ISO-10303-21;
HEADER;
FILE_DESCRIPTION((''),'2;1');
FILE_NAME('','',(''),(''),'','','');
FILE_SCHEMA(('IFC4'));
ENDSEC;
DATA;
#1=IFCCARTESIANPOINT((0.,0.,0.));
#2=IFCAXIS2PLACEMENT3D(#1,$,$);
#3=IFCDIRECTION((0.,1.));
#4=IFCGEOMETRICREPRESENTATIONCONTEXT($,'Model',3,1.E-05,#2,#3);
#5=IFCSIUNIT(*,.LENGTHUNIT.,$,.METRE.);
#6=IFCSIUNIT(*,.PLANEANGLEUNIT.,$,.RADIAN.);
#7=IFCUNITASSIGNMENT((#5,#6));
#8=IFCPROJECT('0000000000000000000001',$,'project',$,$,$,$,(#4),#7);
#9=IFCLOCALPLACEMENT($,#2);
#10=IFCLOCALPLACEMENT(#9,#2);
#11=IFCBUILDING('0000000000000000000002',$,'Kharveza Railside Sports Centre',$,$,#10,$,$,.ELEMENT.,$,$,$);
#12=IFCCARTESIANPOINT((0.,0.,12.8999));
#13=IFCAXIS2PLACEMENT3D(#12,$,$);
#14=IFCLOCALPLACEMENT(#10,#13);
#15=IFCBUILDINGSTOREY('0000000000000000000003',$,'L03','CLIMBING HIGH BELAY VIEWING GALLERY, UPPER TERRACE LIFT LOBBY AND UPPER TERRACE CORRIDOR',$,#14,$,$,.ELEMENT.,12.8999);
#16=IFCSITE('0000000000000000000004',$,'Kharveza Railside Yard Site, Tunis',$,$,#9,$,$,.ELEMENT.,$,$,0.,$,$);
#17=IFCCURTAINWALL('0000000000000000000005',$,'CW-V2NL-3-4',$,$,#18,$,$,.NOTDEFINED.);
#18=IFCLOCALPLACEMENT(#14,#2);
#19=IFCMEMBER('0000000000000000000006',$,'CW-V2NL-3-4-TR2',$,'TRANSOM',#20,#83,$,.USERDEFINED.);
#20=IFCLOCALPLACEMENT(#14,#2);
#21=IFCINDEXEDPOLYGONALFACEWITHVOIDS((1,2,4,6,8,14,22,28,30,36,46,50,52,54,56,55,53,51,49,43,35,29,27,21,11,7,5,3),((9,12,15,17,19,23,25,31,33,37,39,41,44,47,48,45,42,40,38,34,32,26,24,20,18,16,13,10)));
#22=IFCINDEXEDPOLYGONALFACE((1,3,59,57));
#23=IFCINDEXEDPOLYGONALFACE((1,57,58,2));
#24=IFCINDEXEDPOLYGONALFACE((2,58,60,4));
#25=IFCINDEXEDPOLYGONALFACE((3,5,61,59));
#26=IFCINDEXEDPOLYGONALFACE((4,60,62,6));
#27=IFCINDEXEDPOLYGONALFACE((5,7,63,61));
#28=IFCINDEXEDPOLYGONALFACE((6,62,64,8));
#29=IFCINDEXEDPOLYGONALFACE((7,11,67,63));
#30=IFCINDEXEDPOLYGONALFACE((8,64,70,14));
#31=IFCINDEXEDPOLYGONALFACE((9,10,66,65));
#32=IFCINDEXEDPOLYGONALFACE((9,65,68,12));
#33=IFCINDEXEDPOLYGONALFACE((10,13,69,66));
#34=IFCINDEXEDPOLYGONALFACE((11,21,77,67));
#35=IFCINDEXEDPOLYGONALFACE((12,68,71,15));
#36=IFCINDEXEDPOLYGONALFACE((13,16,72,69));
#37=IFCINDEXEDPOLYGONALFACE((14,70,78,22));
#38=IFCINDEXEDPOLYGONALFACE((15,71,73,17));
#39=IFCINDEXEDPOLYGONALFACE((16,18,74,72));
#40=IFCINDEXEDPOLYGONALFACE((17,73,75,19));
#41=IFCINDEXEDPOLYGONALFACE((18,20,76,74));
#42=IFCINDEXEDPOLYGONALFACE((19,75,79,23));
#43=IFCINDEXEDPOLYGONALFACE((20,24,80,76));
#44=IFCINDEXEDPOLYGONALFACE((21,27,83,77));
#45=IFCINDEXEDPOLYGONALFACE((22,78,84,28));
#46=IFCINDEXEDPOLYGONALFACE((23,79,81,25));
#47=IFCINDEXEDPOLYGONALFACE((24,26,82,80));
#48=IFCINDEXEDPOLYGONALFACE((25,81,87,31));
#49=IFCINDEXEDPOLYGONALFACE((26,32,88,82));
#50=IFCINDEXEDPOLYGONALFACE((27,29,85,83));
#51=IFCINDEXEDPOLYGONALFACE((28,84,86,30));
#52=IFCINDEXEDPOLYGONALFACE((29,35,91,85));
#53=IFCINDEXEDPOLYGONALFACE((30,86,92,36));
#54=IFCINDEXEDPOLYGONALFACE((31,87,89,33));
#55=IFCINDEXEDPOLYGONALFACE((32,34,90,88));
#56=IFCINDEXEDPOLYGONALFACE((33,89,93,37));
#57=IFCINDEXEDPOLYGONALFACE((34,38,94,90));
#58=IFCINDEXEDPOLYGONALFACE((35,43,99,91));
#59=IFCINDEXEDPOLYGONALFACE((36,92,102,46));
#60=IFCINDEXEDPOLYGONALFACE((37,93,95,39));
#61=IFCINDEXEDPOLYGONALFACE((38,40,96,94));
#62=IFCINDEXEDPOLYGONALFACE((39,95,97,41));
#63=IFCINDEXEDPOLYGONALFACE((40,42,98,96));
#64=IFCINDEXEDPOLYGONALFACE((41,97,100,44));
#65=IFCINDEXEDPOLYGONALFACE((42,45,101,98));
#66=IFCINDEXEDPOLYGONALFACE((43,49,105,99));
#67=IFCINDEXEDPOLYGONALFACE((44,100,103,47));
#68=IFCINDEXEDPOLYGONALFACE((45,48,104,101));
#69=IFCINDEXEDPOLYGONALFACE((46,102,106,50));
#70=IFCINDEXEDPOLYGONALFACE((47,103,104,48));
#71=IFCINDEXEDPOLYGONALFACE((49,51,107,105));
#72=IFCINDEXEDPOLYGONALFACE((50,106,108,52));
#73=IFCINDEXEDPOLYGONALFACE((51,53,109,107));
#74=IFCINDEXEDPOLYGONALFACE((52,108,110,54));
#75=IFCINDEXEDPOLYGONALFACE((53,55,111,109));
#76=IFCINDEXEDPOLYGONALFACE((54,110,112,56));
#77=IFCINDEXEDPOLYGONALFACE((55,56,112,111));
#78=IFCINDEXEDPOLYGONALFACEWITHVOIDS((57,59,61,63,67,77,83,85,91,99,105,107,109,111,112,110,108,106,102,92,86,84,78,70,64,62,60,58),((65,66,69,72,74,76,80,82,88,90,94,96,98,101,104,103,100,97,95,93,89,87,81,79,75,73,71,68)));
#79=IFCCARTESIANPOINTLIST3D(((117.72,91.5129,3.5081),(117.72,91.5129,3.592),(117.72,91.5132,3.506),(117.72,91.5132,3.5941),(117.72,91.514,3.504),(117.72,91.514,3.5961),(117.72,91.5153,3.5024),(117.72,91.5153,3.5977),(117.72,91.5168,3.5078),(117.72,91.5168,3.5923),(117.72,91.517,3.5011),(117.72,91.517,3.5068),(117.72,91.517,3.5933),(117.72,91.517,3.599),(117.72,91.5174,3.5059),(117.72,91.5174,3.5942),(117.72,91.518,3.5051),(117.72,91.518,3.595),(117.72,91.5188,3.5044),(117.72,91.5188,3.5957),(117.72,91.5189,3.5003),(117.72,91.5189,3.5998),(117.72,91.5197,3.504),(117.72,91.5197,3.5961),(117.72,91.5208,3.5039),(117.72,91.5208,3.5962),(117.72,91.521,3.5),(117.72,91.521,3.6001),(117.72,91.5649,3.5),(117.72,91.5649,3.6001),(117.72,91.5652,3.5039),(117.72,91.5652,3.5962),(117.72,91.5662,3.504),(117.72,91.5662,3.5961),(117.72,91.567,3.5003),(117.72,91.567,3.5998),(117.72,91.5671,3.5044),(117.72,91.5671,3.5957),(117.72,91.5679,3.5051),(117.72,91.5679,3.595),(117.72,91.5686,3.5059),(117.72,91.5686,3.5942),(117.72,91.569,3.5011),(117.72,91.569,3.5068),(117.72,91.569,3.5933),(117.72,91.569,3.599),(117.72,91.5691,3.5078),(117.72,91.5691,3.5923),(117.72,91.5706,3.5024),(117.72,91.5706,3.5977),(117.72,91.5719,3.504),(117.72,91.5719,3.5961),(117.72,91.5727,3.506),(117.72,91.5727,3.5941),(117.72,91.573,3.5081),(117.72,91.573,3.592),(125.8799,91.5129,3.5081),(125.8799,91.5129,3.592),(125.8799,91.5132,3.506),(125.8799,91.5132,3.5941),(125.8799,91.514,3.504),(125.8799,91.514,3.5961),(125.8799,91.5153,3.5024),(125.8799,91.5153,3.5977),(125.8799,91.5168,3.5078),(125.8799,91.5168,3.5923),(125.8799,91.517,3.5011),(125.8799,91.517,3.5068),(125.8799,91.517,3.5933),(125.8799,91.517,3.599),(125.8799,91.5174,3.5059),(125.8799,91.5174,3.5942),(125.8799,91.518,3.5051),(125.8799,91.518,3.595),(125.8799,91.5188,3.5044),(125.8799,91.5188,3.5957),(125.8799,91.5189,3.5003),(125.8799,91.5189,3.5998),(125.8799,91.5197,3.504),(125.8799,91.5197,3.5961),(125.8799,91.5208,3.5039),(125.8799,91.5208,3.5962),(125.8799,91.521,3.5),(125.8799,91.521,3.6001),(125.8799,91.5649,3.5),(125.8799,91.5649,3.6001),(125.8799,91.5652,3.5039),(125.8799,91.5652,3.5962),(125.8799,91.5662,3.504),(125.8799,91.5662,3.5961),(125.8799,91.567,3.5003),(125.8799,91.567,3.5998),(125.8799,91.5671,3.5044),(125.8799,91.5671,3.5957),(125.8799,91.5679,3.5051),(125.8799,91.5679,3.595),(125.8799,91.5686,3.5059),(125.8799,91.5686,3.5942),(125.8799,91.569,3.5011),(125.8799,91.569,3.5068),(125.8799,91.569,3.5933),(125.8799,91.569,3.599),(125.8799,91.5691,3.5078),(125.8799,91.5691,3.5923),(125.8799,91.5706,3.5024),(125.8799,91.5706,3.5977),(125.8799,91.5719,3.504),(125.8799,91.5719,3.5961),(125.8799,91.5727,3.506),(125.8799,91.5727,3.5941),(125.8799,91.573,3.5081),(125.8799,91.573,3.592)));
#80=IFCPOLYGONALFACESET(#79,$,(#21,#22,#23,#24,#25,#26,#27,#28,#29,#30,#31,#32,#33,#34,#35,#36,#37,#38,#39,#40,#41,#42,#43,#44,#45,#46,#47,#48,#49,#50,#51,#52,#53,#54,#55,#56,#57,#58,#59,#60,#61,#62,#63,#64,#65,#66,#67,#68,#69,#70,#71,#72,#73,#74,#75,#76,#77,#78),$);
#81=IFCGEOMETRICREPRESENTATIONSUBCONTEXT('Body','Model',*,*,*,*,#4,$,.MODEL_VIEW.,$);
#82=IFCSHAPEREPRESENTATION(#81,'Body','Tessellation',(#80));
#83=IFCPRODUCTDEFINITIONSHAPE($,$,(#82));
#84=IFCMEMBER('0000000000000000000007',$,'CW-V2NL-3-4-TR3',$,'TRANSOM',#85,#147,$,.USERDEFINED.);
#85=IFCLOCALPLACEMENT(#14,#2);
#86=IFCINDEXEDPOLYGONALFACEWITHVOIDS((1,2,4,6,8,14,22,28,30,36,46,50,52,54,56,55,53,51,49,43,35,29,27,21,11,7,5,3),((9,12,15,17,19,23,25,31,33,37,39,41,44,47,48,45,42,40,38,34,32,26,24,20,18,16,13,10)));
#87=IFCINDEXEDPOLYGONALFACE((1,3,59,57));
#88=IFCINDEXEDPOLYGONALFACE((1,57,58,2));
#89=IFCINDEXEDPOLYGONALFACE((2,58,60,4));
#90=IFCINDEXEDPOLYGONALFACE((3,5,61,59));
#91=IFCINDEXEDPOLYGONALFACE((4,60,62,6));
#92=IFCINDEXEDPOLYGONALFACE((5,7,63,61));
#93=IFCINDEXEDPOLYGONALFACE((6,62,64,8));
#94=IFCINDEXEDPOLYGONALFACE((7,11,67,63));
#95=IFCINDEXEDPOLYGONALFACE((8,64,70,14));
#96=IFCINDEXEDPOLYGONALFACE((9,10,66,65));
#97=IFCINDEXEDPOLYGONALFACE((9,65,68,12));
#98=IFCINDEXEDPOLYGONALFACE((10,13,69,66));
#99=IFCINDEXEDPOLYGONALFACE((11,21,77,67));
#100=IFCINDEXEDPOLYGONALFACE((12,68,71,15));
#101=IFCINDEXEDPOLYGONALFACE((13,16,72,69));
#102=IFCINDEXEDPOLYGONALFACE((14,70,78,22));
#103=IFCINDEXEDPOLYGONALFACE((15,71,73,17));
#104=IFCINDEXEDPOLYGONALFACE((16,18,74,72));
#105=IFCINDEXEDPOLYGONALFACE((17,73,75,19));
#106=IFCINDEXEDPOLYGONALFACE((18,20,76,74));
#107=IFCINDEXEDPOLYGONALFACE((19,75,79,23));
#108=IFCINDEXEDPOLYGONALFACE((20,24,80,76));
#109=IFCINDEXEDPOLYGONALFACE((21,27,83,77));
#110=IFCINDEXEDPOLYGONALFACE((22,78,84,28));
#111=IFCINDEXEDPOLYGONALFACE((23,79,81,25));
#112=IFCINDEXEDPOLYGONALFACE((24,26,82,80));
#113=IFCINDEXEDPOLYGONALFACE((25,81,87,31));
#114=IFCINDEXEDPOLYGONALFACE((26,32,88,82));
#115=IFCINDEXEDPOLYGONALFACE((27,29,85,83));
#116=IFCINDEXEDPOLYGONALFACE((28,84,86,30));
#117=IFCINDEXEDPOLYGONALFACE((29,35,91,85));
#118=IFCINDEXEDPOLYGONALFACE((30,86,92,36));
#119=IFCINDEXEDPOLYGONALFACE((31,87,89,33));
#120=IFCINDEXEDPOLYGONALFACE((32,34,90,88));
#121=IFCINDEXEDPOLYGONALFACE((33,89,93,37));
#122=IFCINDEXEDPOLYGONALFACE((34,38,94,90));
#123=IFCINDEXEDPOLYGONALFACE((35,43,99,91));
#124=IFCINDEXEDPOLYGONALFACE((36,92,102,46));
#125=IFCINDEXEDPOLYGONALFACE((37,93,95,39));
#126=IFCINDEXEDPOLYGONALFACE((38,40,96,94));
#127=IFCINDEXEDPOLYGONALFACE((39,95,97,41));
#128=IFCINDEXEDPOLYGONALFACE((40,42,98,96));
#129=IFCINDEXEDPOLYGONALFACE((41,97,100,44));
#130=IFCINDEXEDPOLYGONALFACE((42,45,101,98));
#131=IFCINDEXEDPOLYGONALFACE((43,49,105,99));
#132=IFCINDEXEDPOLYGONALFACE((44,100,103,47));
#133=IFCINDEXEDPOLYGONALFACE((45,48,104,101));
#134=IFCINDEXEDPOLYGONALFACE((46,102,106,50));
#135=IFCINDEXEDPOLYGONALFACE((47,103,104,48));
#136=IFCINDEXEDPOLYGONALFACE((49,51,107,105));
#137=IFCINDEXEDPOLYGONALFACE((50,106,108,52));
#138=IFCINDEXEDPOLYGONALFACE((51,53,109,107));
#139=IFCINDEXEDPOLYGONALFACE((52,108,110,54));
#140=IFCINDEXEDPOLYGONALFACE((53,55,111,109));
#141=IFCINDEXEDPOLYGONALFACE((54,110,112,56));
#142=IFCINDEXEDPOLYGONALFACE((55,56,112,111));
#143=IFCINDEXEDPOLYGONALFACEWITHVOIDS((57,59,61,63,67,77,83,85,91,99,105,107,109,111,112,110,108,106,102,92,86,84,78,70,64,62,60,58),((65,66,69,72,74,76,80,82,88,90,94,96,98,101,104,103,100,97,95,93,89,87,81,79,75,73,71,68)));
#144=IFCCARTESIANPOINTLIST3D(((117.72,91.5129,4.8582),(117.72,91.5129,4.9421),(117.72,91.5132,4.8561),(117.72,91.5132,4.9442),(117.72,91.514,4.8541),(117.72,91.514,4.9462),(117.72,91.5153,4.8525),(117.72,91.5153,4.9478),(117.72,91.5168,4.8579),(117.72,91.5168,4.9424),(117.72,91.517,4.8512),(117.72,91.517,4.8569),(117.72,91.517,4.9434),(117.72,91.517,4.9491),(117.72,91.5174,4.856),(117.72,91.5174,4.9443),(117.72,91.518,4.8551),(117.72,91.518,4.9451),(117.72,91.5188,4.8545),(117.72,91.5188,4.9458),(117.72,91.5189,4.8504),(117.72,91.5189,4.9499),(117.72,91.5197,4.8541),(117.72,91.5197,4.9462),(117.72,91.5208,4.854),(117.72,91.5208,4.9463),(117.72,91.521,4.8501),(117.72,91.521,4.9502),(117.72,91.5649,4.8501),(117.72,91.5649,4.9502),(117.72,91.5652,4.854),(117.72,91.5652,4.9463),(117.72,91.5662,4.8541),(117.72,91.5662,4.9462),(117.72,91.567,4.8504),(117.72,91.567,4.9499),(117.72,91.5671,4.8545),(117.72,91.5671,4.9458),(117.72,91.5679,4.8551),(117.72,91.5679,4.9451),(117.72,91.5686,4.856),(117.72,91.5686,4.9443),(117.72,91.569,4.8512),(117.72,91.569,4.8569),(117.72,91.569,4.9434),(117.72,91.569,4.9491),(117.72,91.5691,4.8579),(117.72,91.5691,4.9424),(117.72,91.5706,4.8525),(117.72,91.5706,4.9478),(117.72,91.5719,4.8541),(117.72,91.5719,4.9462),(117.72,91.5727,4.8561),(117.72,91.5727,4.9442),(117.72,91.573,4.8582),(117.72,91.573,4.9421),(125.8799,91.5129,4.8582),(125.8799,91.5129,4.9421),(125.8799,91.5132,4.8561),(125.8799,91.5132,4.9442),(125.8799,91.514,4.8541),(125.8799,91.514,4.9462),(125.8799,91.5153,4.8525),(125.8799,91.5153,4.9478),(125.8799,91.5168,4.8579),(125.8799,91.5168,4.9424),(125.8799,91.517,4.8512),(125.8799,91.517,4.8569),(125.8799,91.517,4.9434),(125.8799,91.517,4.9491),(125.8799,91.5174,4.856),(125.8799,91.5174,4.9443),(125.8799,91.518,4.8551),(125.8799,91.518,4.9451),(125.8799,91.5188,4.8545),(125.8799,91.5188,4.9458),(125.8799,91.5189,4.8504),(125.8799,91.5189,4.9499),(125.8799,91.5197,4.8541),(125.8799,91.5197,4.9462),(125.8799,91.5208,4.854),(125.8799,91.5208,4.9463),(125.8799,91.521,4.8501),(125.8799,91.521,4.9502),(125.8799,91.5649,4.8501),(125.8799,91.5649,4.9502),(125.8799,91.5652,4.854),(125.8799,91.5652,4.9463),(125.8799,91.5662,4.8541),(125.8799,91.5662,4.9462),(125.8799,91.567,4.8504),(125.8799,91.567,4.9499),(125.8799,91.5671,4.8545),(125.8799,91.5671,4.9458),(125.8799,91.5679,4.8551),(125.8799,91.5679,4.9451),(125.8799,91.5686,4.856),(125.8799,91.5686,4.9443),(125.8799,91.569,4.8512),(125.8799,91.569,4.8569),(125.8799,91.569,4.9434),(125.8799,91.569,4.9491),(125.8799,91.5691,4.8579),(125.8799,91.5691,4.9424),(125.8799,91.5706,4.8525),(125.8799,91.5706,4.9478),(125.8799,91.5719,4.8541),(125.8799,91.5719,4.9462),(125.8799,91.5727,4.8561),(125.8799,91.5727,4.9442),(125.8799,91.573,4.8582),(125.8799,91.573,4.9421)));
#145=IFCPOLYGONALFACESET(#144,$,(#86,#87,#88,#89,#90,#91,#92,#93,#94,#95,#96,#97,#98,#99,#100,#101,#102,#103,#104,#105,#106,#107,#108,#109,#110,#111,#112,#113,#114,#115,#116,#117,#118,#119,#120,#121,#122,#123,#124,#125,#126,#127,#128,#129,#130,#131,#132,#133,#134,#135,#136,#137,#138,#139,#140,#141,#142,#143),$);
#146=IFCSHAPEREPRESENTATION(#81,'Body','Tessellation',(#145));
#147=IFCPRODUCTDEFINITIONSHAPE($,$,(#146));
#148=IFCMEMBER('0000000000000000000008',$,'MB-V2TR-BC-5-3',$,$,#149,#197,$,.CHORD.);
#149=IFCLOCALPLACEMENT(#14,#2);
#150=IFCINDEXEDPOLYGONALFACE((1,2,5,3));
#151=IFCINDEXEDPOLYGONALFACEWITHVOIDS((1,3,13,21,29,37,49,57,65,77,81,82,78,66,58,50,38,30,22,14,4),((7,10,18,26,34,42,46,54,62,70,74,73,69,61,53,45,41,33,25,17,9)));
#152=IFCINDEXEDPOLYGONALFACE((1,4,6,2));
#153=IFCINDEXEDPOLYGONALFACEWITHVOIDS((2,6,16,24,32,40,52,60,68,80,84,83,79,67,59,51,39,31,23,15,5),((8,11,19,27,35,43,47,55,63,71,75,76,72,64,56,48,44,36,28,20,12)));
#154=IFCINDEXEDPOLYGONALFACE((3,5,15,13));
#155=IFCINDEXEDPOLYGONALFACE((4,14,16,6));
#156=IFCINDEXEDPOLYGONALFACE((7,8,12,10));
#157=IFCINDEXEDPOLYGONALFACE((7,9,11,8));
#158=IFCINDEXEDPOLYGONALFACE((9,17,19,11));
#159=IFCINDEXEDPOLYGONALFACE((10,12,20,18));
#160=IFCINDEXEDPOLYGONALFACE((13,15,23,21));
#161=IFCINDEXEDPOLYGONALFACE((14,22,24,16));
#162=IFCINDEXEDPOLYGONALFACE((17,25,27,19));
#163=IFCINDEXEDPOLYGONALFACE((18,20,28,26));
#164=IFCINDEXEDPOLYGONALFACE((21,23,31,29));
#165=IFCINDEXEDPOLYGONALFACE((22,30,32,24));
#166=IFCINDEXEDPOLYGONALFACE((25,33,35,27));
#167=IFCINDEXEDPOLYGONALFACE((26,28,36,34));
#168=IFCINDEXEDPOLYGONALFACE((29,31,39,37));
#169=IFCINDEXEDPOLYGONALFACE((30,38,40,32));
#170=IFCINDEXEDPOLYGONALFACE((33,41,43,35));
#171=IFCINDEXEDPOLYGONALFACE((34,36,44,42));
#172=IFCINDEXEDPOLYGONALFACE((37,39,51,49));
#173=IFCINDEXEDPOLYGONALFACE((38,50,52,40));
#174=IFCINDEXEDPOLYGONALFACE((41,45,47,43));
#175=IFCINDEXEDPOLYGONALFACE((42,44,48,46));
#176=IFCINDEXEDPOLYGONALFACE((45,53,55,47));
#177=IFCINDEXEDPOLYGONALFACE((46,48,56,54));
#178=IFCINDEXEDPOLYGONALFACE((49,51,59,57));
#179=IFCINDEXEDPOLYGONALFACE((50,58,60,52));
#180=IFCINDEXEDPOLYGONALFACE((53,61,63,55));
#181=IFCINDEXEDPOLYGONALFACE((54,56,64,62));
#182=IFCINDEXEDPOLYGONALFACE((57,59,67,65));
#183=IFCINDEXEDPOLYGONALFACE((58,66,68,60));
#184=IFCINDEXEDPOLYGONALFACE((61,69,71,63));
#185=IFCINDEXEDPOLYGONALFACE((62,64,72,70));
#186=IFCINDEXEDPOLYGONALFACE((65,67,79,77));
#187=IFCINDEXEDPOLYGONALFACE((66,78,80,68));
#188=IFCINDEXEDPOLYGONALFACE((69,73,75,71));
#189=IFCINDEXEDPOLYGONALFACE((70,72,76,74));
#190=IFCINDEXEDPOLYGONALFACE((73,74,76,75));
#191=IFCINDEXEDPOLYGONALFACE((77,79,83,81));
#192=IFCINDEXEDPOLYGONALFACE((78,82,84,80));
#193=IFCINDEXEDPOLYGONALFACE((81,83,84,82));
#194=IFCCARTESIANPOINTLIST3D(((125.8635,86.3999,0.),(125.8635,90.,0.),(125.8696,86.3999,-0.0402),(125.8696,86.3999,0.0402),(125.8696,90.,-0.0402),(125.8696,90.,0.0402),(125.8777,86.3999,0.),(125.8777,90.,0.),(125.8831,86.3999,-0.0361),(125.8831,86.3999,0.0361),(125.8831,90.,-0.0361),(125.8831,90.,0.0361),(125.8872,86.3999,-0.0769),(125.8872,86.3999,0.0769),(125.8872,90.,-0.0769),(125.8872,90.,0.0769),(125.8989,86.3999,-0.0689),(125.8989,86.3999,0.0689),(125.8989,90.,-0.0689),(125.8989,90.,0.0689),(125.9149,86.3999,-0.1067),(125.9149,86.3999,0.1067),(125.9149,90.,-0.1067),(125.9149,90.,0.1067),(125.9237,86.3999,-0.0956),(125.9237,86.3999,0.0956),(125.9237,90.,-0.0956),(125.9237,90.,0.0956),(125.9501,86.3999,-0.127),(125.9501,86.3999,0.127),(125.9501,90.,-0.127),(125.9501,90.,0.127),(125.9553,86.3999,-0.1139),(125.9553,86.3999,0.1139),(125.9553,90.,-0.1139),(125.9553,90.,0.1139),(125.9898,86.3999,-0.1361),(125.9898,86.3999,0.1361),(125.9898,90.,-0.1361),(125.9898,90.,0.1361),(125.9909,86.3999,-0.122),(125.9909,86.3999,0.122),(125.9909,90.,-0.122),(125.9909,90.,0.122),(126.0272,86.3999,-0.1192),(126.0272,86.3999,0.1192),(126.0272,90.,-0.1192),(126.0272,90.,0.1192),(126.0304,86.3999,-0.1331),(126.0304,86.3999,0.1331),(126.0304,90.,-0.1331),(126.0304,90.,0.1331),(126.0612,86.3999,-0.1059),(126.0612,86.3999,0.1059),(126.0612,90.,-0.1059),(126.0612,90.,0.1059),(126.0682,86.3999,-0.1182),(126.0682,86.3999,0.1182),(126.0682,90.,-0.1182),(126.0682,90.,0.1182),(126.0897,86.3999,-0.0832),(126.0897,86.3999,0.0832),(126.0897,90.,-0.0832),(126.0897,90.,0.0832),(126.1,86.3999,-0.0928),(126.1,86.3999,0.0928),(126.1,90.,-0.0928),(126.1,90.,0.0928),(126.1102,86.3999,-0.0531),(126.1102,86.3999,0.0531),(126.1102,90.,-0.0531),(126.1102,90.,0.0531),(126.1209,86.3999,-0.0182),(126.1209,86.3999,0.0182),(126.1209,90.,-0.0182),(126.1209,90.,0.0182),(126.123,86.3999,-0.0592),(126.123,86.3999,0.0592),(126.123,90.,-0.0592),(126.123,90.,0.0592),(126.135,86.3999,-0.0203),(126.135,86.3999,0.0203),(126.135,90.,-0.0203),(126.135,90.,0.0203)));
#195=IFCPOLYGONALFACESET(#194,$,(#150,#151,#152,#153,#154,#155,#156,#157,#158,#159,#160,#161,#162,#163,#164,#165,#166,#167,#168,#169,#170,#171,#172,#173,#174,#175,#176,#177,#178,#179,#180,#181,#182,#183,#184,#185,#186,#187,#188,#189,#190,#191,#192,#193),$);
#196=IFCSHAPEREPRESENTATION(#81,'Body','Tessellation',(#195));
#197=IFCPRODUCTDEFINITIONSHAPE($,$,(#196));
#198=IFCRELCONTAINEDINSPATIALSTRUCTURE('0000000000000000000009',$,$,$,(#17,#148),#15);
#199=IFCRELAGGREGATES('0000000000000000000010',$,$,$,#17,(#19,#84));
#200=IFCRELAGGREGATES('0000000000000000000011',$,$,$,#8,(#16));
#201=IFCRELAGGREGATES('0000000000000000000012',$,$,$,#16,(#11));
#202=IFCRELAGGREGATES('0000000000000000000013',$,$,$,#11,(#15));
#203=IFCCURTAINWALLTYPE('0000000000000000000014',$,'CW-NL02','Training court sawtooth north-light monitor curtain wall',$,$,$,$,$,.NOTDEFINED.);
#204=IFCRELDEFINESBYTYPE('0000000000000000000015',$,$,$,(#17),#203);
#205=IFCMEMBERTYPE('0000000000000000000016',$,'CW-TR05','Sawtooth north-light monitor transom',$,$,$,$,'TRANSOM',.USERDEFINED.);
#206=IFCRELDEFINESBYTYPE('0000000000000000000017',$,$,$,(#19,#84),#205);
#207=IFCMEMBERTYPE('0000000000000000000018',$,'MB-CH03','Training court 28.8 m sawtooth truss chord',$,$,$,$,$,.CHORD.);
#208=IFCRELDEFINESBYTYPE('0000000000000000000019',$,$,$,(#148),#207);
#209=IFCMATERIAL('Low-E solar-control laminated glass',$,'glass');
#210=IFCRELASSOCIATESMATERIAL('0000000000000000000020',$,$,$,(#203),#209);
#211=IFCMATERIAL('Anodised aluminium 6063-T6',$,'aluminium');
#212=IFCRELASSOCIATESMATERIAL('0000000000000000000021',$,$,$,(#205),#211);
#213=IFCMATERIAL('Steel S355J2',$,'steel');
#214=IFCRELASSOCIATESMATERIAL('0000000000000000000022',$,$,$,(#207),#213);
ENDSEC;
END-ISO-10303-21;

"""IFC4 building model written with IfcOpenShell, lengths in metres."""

from ifc_helpers import new_model, si_unit, direction, frame, origin, origin_2d, place, context, subcontext, project, spatial, hollow_rectangle, hollow_circle, extrude, material, material_profile, profile_set, type_object, element, aggregate, save


model = new_model("IFC4")

# Units and contexts
model_context = context("Model", 3, precision=1e-05, world=origin(), true_north=direction((0.0, 1.0)))
body_context = subcontext(model_context, "Body", "Model", "MODEL_VIEW")
ifc_project = project(units=[si_unit("LENGTHUNIT", "METRE"), si_unit("PLANEANGLEUNIT", "RADIAN")], contexts=[model_context])

# Site, building, storey
site_placement = place(None, origin())
site = spatial("IfcSite", under=ifc_project, at=site_placement, Name="Kharveza Railside Yard Site, Tunis", CompositionType="ELEMENT", RefElevation=0.0)
building_placement = place(site_placement, origin())
building = spatial("IfcBuilding", under=site, at=building_placement, Name="Kharveza Railside Sports Centre", CompositionType="ELEMENT")
storey_placement = place(building_placement, frame((0.0, 0.0, 12.8999)))
storey = spatial("IfcBuildingStorey", under=building, at=storey_placement, Name="L03", Description="CLIMBING HIGH BELAY VIEWING GALLERY, UPPER TERRACE LIFT LOBBY AND UPPER TERRACE CORRIDOR", CompositionType="ELEMENT", Elevation=12.8999)

# Shared definitions
ifc_material_1 = material(Name="Steel S355J2", Category="steel")

# Curtain wall
ifc_material_2 = material(Name="Low-E solar-control laminated glass", Category="glass")
curtain_wall_type = type_object("IfcCurtainWallType", Name="CW-NL02", Description="Training court sawtooth north-light monitor curtain wall", PredefinedType="NOTDEFINED", material=ifc_material_2)
ifc_material_3 = material(Name="Anodised aluminium 6063-T6", Category="aluminium")
curtain_wall_1_placement = place(storey_placement, origin())
curtain_wall_1 = element("IfcCurtainWall", 1, at=curtain_wall_1_placement, inside=storey, type_object=curtain_wall_type, Name="CW-V2NL-3-4", PredefinedType="NOTDEFINED")

# Members
ifc_material_profile_1 = material_profile(ifc_material_3, hollow_rectangle(XDim=0.0601, YDim=0.1001, WallThickness=0.0039, InnerFilletRadius=0.0039, OuterFilletRadius=0.0081, at=origin_2d()), Name="RHS 60x100x4.0")
ifc_profile_set_1 = profile_set([ifc_material_profile_1], Name="Anodised aluminium 6063-T6")
member_type_1 = type_object("IfcMemberType", Name="CW-TR05", Description="Sawtooth north-light monitor transom", ElementType="TRANSOM", PredefinedType="USERDEFINED", material=ifc_profile_set_1)
member_1_placement = place(storey_placement, frame((117.72, 91.543, 3.55), z_axis=(1.0, 0.0, 0.0), x_axis=(0.0, 1.0, 0.0)))
member_1 = element("IfcMember", 2, at=member_1_placement, type_object=member_type_1, Name="CW-V2NL-3-4-TR2", ObjectType="TRANSOM", PredefinedType="USERDEFINED", context=body_context, shape_type="SweptSolid", body=[
    extrude(hollow_rectangle(XDim=0.0601, YDim=0.1001, WallThickness=0.0039, InnerFilletRadius=0.0039, OuterFilletRadius=0.0081, at=origin_2d()), origin(), (0.0, 0.0, 1.0), 8.1599),
])
member_2_placement = place(storey_placement, frame((117.72, 91.543, 4.9001), z_axis=(1.0, 0.0, 0.0), x_axis=(0.0, 1.0, 0.0)))
member_2 = element("IfcMember", 3, at=member_2_placement, type_object=member_type_1, Name="CW-V2NL-3-4-TR3", ObjectType="TRANSOM", PredefinedType="USERDEFINED", context=body_context, shape_type="SweptSolid", body=[
    extrude(hollow_rectangle(XDim=0.0601, YDim=0.1001, WallThickness=0.0039, InnerFilletRadius=0.0039, OuterFilletRadius=0.0081, at=origin_2d()), origin(), (0.0, 0.0, 1.0), 8.1599),
])

# Member
ifc_material_profile_2 = material_profile(ifc_material_1, hollow_circle(Radius=0.1365, WallThickness=0.0142, at=origin_2d()), Name="CHS 273.0x14.2")
ifc_profile_set_2 = profile_set([ifc_material_profile_2], Name="Steel S355J2")
member_type_2 = type_object("IfcMemberType", Name="MB-CH03", Description="Training court 28.8 m sawtooth truss chord", PredefinedType="CHORD", material=ifc_profile_set_2)
for number, where, z_axis, x_axis, name in (
    (4, (126.0, 86.3999, 0.0), (0.0, 1.0, 0.0), (-1.0, 0.0, 0.0), "MB-V2TR-BC-5-3"),
):
    element("IfcMember", number, at=place(storey_placement, frame(where, z_axis=z_axis, x_axis=x_axis)), inside=storey, type_object=member_type_2, Name=name, PredefinedType="CHORD", context=body_context, shape_type="SweptSolid", body=[
        extrude(hollow_circle(Radius=0.1365, WallThickness=0.0142, at=origin_2d()), origin(), (0.0, 0.0, 1.0), 3.6001),
    ])

aggregate(curtain_wall_1, [member_1, member_2])

save(model, "model.ifc")
